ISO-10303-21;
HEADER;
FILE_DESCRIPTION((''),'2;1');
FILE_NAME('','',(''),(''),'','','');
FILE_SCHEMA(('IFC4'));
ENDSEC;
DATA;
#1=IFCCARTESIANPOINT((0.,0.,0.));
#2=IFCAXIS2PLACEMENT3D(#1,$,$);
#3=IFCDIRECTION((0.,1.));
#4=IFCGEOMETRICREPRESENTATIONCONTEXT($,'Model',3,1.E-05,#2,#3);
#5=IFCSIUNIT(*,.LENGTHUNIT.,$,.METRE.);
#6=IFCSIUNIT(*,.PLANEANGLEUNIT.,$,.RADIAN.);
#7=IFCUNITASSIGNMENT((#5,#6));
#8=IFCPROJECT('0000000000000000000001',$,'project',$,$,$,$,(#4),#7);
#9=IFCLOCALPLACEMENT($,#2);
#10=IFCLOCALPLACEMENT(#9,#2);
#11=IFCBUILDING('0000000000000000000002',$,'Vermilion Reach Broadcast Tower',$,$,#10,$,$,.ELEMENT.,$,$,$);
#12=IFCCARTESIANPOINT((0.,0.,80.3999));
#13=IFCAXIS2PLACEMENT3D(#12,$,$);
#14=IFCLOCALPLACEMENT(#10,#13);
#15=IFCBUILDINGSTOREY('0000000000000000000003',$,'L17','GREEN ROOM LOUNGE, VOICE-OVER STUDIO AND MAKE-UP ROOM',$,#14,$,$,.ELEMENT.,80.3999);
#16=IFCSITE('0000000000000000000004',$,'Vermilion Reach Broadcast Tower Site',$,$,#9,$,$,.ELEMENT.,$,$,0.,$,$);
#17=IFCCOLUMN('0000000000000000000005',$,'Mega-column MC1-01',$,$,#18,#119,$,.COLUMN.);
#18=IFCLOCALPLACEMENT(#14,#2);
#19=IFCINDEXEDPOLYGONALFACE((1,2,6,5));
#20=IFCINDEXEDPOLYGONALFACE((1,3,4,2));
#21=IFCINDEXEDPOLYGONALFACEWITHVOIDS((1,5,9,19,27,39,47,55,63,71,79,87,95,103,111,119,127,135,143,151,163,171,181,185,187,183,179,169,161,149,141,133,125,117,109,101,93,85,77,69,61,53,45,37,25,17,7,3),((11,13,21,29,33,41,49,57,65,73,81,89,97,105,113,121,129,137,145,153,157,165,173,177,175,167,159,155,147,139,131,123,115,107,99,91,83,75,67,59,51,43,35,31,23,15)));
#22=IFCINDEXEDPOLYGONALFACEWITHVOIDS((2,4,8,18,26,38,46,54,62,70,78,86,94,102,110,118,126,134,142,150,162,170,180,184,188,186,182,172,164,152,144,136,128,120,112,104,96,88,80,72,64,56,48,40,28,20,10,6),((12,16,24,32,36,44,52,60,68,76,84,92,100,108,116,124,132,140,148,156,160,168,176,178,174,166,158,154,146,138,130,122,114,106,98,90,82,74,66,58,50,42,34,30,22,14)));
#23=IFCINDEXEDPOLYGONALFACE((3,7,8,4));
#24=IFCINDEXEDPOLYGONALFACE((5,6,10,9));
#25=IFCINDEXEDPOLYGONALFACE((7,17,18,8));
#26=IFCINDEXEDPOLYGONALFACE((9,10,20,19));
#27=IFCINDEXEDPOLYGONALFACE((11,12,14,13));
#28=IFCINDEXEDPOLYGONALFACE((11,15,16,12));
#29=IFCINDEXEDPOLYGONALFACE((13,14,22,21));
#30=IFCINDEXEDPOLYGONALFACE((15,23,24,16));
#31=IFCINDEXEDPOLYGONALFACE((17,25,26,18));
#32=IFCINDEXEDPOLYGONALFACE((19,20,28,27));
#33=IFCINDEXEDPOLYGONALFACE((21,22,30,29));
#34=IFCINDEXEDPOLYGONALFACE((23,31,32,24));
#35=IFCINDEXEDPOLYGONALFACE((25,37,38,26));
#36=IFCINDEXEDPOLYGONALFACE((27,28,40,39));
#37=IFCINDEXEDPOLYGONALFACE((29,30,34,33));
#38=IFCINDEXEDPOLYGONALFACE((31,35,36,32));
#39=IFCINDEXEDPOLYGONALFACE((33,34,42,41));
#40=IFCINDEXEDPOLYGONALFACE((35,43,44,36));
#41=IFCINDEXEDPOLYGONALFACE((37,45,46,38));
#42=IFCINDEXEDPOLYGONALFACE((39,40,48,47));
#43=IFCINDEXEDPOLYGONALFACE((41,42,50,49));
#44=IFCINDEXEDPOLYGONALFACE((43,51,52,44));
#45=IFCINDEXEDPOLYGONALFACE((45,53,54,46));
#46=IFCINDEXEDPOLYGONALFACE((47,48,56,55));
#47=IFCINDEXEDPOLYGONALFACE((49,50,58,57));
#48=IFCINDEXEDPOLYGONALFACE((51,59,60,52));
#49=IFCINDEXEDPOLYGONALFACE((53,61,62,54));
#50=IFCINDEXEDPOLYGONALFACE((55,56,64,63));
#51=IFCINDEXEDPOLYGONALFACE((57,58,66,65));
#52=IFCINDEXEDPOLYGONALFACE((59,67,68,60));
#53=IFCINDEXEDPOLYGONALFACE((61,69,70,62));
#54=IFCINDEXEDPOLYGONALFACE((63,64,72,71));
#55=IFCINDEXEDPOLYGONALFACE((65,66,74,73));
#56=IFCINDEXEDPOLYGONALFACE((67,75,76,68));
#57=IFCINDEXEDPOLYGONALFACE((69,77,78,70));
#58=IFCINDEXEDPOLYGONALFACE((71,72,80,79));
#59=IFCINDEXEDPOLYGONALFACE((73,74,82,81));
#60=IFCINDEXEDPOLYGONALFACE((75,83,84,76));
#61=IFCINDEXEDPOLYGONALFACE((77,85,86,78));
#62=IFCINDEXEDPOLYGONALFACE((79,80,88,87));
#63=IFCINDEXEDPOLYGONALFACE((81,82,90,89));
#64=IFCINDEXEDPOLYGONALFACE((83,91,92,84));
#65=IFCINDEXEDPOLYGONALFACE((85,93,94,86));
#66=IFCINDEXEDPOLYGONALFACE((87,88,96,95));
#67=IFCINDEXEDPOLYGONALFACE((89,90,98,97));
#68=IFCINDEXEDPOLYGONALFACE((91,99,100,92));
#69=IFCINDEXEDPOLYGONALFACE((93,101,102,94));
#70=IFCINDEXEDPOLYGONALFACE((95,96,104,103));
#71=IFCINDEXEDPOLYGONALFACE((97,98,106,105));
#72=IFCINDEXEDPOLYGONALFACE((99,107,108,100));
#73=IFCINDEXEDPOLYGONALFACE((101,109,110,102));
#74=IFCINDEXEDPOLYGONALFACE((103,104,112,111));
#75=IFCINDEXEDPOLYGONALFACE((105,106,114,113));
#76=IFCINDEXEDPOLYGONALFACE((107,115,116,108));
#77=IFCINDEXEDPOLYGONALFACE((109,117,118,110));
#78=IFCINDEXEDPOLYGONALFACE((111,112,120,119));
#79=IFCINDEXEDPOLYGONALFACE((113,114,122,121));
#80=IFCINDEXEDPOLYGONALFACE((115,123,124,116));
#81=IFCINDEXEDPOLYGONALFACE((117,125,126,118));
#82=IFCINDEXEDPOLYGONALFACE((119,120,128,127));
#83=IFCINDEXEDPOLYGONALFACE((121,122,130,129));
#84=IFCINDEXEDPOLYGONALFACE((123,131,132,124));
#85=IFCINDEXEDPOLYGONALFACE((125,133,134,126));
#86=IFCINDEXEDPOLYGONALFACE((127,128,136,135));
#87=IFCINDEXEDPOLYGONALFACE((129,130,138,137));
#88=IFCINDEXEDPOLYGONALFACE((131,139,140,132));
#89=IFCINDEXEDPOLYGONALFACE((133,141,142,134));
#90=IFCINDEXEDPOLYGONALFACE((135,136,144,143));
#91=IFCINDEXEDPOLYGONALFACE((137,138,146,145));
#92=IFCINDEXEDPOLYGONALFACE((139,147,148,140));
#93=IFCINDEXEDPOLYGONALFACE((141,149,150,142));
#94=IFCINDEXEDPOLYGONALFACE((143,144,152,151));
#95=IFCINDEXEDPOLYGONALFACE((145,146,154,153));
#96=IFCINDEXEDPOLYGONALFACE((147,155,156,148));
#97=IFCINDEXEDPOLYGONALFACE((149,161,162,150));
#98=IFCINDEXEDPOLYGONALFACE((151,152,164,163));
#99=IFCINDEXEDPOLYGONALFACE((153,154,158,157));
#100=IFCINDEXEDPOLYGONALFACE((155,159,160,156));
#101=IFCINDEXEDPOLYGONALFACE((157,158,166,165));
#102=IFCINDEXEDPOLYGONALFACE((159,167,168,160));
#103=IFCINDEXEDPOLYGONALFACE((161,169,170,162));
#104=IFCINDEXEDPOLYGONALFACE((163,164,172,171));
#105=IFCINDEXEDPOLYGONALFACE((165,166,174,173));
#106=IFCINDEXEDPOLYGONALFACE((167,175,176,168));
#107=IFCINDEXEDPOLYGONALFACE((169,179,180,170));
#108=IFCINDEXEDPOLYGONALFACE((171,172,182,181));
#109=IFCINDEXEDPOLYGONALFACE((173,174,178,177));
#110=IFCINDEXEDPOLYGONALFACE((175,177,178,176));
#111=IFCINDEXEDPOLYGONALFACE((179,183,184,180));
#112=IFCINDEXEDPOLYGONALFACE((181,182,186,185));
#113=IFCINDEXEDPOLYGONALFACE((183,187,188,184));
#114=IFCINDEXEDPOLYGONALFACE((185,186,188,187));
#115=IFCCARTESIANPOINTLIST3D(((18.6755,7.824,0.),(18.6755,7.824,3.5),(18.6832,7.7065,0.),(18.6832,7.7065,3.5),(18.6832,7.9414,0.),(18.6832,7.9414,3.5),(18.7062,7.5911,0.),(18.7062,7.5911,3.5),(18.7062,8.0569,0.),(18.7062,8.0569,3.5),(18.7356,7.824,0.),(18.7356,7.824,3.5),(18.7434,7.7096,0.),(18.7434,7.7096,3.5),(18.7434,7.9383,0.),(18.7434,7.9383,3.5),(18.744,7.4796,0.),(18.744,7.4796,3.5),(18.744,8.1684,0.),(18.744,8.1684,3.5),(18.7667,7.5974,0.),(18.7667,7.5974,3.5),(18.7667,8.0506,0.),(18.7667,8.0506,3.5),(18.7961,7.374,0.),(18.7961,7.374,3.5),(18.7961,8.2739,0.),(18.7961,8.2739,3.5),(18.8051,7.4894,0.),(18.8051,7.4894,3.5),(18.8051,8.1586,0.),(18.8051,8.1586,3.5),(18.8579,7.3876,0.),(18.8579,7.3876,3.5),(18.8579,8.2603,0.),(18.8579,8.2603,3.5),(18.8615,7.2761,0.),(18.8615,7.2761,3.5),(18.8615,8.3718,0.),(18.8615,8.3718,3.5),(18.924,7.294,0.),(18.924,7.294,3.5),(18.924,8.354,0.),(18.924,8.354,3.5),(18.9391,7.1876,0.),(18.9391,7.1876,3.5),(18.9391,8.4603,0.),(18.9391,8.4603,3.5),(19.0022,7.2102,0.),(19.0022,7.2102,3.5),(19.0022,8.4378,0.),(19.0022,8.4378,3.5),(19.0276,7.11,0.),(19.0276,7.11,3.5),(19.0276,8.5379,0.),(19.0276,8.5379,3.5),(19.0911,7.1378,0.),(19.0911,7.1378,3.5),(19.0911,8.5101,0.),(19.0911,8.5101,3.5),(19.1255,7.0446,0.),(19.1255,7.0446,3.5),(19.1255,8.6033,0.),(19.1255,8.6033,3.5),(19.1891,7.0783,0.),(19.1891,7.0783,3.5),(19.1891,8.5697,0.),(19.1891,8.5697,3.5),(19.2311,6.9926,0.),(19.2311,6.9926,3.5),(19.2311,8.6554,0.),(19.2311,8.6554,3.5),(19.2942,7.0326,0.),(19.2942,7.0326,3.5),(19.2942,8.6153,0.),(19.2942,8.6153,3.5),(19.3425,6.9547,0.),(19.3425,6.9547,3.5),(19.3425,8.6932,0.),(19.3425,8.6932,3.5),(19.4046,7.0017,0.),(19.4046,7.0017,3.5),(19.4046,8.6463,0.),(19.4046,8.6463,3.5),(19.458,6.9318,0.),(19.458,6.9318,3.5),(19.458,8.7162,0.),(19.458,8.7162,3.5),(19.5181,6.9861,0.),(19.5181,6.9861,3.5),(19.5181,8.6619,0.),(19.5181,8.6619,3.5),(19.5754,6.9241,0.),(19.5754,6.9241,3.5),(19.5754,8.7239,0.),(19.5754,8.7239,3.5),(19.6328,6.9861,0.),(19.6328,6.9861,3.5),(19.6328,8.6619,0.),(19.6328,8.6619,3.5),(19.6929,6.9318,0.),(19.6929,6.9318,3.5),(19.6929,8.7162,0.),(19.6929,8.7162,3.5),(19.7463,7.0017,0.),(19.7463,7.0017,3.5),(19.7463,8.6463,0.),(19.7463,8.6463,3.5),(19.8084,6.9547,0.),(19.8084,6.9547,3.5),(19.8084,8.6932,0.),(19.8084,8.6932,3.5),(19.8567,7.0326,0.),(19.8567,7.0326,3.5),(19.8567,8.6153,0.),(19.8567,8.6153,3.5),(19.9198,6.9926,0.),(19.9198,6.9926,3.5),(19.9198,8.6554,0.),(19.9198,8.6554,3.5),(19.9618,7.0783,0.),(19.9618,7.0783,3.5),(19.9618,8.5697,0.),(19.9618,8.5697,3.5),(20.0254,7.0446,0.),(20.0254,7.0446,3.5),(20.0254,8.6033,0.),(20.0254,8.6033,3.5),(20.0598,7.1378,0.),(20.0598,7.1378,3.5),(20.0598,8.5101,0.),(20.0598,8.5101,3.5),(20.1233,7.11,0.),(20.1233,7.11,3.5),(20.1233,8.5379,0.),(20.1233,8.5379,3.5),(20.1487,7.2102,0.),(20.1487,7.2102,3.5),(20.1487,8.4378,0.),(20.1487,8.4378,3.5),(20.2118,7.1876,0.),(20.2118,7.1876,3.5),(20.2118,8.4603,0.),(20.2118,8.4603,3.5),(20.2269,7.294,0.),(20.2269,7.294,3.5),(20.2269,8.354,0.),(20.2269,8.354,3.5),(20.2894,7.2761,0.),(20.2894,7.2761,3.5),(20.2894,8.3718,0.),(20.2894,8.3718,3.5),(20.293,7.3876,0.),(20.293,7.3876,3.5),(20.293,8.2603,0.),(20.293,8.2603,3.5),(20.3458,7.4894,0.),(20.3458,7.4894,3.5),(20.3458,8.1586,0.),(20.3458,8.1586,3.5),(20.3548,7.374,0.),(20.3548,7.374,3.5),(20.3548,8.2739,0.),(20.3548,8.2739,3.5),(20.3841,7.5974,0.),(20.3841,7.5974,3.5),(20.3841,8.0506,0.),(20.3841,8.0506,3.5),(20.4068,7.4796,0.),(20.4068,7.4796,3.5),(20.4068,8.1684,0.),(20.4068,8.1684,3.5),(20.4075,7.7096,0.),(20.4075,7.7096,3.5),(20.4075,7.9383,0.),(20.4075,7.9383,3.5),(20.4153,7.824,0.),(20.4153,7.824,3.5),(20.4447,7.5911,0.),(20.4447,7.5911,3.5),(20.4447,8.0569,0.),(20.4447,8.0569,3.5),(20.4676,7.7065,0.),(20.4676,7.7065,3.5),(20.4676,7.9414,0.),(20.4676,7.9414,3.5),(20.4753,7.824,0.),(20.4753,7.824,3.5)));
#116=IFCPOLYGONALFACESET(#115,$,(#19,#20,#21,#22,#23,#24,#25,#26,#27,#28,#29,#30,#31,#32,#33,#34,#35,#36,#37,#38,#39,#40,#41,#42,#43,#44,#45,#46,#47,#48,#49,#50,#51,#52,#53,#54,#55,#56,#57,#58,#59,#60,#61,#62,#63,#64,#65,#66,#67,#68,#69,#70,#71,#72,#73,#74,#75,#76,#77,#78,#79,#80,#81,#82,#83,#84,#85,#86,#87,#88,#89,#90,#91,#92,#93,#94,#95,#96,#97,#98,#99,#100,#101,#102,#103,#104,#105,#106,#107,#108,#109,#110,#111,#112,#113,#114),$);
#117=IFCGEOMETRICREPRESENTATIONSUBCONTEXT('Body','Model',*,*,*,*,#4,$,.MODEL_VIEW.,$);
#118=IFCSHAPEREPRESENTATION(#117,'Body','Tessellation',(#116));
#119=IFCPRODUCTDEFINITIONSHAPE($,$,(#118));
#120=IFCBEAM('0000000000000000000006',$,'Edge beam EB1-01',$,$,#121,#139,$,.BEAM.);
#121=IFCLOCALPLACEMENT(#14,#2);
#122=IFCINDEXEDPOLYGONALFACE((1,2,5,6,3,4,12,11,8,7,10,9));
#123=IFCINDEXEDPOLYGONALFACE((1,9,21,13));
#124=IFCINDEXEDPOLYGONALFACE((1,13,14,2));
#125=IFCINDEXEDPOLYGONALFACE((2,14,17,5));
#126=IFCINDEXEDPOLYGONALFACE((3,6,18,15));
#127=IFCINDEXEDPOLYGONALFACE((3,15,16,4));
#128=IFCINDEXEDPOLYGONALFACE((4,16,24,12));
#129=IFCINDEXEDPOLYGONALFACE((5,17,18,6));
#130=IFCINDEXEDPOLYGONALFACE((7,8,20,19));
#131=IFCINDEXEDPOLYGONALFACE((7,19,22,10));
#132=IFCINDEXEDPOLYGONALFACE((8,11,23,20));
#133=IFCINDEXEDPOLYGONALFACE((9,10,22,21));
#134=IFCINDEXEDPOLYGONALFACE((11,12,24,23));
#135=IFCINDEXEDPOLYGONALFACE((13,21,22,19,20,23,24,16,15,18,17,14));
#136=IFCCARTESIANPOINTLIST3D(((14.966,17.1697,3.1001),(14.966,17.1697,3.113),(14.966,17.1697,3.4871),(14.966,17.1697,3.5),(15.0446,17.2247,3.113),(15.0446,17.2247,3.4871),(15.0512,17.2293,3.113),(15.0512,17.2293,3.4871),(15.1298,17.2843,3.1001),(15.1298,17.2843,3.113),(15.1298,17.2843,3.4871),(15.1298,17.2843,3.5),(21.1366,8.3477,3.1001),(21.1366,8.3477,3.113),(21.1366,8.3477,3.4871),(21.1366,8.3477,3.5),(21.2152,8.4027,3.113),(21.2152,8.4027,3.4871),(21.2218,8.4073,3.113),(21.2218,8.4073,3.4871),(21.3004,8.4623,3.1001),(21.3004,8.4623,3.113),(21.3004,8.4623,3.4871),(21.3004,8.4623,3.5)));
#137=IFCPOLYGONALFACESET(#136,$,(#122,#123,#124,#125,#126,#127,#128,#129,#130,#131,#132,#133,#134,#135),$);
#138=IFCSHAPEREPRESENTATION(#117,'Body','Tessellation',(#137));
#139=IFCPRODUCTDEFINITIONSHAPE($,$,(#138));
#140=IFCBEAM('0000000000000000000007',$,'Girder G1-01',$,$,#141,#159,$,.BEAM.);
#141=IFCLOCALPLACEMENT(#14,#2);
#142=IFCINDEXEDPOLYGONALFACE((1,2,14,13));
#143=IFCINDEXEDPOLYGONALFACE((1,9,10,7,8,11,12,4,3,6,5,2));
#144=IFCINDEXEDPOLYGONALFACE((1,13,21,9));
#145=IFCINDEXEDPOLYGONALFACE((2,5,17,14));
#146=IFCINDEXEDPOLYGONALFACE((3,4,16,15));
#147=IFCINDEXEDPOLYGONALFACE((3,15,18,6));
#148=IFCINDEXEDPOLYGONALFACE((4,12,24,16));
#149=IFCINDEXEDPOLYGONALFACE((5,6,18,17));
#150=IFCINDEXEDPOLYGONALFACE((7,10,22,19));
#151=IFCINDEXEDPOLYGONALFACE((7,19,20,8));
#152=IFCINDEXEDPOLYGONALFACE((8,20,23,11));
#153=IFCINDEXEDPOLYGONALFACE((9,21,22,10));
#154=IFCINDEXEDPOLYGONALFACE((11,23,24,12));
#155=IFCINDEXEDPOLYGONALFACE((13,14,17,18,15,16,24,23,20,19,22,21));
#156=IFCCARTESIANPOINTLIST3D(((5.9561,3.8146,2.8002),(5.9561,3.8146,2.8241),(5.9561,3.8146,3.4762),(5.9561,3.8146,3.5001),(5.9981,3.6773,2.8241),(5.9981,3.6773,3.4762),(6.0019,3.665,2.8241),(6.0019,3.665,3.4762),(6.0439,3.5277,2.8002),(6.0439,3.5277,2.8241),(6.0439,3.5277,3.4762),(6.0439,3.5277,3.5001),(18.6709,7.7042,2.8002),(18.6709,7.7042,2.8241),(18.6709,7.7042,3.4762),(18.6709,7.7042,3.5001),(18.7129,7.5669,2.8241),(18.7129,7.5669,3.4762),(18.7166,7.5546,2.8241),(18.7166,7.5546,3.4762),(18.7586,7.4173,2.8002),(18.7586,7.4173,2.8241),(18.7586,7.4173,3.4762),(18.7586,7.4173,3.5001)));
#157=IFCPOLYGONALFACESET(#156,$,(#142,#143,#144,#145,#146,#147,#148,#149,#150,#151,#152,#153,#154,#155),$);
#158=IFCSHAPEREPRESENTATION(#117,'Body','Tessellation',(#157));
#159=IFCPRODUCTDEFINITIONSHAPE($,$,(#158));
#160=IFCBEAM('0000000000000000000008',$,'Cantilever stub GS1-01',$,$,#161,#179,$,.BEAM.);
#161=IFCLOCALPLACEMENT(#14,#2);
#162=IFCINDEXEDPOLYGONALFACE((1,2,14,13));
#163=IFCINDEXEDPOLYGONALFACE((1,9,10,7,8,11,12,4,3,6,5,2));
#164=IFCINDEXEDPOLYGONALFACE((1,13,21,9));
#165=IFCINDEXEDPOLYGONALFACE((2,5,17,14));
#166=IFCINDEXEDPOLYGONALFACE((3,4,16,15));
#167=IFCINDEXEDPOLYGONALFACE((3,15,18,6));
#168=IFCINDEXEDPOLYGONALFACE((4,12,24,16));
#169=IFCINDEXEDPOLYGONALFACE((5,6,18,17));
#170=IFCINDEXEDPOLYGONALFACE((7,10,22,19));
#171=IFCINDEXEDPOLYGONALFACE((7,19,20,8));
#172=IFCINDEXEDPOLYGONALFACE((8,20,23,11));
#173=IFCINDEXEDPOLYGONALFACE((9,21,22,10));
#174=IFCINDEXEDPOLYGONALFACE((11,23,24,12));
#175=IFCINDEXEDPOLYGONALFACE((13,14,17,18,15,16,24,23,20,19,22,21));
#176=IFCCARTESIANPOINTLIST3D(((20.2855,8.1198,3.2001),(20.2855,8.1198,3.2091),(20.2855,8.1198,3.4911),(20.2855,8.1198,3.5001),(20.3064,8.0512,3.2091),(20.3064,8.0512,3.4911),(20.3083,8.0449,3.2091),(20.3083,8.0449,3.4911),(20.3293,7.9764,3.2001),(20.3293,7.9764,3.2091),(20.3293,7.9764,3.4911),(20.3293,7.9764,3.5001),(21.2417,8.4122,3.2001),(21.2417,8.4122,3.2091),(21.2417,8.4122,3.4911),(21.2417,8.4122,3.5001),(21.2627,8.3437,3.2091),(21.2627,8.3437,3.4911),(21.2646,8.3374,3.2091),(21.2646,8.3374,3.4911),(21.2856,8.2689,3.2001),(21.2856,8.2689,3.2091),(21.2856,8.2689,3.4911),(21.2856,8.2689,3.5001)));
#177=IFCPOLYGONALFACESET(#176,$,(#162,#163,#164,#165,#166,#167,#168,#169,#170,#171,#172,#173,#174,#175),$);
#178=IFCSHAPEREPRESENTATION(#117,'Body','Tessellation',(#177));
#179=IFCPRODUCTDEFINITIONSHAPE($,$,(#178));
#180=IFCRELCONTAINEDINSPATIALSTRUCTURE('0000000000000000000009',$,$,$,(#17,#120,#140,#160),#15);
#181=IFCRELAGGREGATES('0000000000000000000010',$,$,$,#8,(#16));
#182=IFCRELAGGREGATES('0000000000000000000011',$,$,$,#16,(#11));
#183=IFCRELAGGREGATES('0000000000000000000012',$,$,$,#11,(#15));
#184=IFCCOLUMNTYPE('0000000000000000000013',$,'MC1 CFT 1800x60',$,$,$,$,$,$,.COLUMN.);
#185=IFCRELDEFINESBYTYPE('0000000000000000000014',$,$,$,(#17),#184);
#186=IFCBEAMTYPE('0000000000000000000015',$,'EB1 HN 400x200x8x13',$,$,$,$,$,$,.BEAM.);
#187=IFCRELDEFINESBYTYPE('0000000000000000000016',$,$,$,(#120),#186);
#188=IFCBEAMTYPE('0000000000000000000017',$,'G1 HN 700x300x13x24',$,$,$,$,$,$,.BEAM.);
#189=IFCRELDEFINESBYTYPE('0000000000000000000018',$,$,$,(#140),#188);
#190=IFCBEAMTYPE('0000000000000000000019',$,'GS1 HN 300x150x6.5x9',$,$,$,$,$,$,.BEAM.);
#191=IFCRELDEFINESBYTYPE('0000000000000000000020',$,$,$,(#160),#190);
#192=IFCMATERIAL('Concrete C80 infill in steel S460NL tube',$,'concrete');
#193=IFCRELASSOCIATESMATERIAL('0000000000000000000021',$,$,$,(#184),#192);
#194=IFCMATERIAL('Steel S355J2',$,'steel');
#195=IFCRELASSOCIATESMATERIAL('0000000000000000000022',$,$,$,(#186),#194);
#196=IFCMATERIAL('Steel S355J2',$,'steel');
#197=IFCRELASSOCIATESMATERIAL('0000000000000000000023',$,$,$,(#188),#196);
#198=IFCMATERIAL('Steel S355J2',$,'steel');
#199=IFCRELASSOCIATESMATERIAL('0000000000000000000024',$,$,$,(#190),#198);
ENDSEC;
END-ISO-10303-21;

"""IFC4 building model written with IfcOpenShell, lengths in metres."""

from ifc_helpers import new_model, si_unit, direction, frame, origin, origin_2d, place, context, subcontext, project, spatial, hollow_circle, i_section, extrude, material, material_profile, profile_set, type_object, element, save


model = new_model("IFC4")

# Units and contexts
model_context = context("Model", 3, precision=1e-05, world=origin(), true_north=direction((0.0, 1.0)))
body_context = subcontext(model_context, "Body", "Model", "MODEL_VIEW")
ifc_project = project(units=[si_unit("LENGTHUNIT", "METRE"), si_unit("PLANEANGLEUNIT", "RADIAN")], contexts=[model_context])

# Site, building, storey
site_placement = place(None, origin())
site = spatial("IfcSite", under=ifc_project, at=site_placement, Name="Vermilion Reach Broadcast Tower Site", CompositionType="ELEMENT", RefElevation=0.0)
building_placement = place(site_placement, origin())
building = spatial("IfcBuilding", under=site, at=building_placement, Name="Vermilion Reach Broadcast Tower", CompositionType="ELEMENT")
storey_placement = place(building_placement, frame((0.0, 0.0, 80.3999)))
storey = spatial("IfcBuildingStorey", under=building, at=storey_placement, Name="L17", Description="GREEN ROOM LOUNGE, VOICE-OVER STUDIO AND MAKE-UP ROOM", CompositionType="ELEMENT", Elevation=80.3999)

# Column
ifc_material_1 = material(Name="Concrete C80 infill in steel S460NL tube", Category="concrete")
ifc_material_profile_1 = material_profile(ifc_material_1, hollow_circle(Radius=0.8999, WallThickness=0.0601, at=origin_2d()), Name="Concrete C80 infill in steel S460NL tube CFT 1800x60")
ifc_profile_set_1 = profile_set([ifc_material_profile_1], Name="Concrete C80 infill in steel S460NL tube")
column_type = type_object("IfcColumnType", Name="MC1 CFT 1800x60", PredefinedType="COLUMN", material=ifc_profile_set_1)
column_placement = place(storey_placement, frame((19.5754, 7.824, 0.0), z_axis=(0.0, 0.0, 1.0), x_axis=(1.0, 0.0, 0.0)))
element("IfcColumn", 1, at=column_placement, inside=storey, type_object=column_type, Name="Mega-column MC1-01", PredefinedType="COLUMN", context=body_context, shape_type="SweptSolid", body=[
    extrude(hollow_circle(Radius=0.8999, WallThickness=0.0601, at=origin_2d()), origin(), (0.0, 0.0, 1.0), 3.5),
])

# Beams
ifc_material_2 = material(Name="Steel S355J2", Category="steel")
ifc_material_profile_2 = material_profile(ifc_material_2, i_section(OverallWidth=0.2, OverallDepth=0.3999, WebThickness=0.0081, FlangeThickness=0.0129, at=origin_2d()), Name="S355J2 HN 400x200x8x13")
ifc_profile_set_2 = profile_set([ifc_material_profile_2], Name="Steel S355J2")
beam_type_1 = type_object("IfcBeamType", Name="EB1 HN 400x200x8x13", PredefinedType="BEAM", material=ifc_profile_set_2)
beam_1_placement = place(storey_placement, frame((21.2185, 8.405, 3.3), z_axis=(-0.573166, 0.81944, 0.0), x_axis=(-0.81944, -0.573166, 0.0)))
element("IfcBeam", 2, at=beam_1_placement, inside=storey, type_object=beam_type_1, Name="Edge beam EB1-01", PredefinedType="BEAM", context=body_context, shape_type="SweptSolid", body=[
    extrude(i_section(OverallWidth=0.2, OverallDepth=0.3999, WebThickness=0.0081, FlangeThickness=0.0129, at=origin_2d()), origin(), (0.0, 0.0, 1.0), 10.7659),
])
ifc_material_3 = material(Name="Steel S355J2", Category="steel")
ifc_material_profile_3 = material_profile(ifc_material_3, i_section(OverallWidth=0.3, OverallDepth=0.7, WebThickness=0.0129, FlangeThickness=0.0239, at=origin_2d()), Name="S355J2 HN 700x300x13x24")
ifc_profile_set_3 = profile_set([ifc_material_profile_3], Name="Steel S355J2")
beam_type_2 = type_object("IfcBeamType", Name="G1 HN 700x300x13x24", PredefinedType="BEAM", material=ifc_profile_set_3)
beam_2_placement = place(storey_placement, frame((6.0, 3.6711, 3.1501), z_axis=(0.956256, 0.292532, 0.0), x_axis=(-0.292532, 0.956256, 0.0)))
element("IfcBeam", 3, at=beam_2_placement, inside=storey, type_object=beam_type_2, Name="Girder G1-01", PredefinedType="BEAM", context=body_context, shape_type="SweptSolid", body=[
    extrude(i_section(OverallWidth=0.3, OverallDepth=0.7, WebThickness=0.0129, FlangeThickness=0.0239, at=origin_2d()), origin(), (0.0, 0.0, 1.0), 13.2964),
])
ifc_material_4 = material(Name="Steel S355J2", Category="steel")
ifc_material_profile_4 = material_profile(ifc_material_4, i_section(OverallWidth=0.1499, OverallDepth=0.3, WebThickness=0.0066, FlangeThickness=0.009, at=origin_2d()), Name="S355J2 HN 300x150x6.5x9")
ifc_profile_set_4 = profile_set([ifc_material_profile_4], Name="Steel S355J2")
beam_type_3 = type_object("IfcBeamType", Name="GS1 HN 300x150x6.5x9", PredefinedType="BEAM", material=ifc_profile_set_4)
beam_3_placement = place(storey_placement, frame((20.3074, 8.0481, 3.3501), z_axis=(0.956274, 0.292473, 0.0), x_axis=(-0.292473, 0.956274, 0.0)))
element("IfcBeam", 4, at=beam_3_placement, inside=storey, type_object=beam_type_3, Name="Cantilever stub GS1-01", PredefinedType="BEAM", context=body_context, shape_type="SweptSolid", body=[
    extrude(i_section(OverallWidth=0.1499, OverallDepth=0.3, WebThickness=0.0066, FlangeThickness=0.009, at=origin_2d()), origin(), (0.0, 0.0, 1.0), 1.0),
])

save(model, "model.ifc")
